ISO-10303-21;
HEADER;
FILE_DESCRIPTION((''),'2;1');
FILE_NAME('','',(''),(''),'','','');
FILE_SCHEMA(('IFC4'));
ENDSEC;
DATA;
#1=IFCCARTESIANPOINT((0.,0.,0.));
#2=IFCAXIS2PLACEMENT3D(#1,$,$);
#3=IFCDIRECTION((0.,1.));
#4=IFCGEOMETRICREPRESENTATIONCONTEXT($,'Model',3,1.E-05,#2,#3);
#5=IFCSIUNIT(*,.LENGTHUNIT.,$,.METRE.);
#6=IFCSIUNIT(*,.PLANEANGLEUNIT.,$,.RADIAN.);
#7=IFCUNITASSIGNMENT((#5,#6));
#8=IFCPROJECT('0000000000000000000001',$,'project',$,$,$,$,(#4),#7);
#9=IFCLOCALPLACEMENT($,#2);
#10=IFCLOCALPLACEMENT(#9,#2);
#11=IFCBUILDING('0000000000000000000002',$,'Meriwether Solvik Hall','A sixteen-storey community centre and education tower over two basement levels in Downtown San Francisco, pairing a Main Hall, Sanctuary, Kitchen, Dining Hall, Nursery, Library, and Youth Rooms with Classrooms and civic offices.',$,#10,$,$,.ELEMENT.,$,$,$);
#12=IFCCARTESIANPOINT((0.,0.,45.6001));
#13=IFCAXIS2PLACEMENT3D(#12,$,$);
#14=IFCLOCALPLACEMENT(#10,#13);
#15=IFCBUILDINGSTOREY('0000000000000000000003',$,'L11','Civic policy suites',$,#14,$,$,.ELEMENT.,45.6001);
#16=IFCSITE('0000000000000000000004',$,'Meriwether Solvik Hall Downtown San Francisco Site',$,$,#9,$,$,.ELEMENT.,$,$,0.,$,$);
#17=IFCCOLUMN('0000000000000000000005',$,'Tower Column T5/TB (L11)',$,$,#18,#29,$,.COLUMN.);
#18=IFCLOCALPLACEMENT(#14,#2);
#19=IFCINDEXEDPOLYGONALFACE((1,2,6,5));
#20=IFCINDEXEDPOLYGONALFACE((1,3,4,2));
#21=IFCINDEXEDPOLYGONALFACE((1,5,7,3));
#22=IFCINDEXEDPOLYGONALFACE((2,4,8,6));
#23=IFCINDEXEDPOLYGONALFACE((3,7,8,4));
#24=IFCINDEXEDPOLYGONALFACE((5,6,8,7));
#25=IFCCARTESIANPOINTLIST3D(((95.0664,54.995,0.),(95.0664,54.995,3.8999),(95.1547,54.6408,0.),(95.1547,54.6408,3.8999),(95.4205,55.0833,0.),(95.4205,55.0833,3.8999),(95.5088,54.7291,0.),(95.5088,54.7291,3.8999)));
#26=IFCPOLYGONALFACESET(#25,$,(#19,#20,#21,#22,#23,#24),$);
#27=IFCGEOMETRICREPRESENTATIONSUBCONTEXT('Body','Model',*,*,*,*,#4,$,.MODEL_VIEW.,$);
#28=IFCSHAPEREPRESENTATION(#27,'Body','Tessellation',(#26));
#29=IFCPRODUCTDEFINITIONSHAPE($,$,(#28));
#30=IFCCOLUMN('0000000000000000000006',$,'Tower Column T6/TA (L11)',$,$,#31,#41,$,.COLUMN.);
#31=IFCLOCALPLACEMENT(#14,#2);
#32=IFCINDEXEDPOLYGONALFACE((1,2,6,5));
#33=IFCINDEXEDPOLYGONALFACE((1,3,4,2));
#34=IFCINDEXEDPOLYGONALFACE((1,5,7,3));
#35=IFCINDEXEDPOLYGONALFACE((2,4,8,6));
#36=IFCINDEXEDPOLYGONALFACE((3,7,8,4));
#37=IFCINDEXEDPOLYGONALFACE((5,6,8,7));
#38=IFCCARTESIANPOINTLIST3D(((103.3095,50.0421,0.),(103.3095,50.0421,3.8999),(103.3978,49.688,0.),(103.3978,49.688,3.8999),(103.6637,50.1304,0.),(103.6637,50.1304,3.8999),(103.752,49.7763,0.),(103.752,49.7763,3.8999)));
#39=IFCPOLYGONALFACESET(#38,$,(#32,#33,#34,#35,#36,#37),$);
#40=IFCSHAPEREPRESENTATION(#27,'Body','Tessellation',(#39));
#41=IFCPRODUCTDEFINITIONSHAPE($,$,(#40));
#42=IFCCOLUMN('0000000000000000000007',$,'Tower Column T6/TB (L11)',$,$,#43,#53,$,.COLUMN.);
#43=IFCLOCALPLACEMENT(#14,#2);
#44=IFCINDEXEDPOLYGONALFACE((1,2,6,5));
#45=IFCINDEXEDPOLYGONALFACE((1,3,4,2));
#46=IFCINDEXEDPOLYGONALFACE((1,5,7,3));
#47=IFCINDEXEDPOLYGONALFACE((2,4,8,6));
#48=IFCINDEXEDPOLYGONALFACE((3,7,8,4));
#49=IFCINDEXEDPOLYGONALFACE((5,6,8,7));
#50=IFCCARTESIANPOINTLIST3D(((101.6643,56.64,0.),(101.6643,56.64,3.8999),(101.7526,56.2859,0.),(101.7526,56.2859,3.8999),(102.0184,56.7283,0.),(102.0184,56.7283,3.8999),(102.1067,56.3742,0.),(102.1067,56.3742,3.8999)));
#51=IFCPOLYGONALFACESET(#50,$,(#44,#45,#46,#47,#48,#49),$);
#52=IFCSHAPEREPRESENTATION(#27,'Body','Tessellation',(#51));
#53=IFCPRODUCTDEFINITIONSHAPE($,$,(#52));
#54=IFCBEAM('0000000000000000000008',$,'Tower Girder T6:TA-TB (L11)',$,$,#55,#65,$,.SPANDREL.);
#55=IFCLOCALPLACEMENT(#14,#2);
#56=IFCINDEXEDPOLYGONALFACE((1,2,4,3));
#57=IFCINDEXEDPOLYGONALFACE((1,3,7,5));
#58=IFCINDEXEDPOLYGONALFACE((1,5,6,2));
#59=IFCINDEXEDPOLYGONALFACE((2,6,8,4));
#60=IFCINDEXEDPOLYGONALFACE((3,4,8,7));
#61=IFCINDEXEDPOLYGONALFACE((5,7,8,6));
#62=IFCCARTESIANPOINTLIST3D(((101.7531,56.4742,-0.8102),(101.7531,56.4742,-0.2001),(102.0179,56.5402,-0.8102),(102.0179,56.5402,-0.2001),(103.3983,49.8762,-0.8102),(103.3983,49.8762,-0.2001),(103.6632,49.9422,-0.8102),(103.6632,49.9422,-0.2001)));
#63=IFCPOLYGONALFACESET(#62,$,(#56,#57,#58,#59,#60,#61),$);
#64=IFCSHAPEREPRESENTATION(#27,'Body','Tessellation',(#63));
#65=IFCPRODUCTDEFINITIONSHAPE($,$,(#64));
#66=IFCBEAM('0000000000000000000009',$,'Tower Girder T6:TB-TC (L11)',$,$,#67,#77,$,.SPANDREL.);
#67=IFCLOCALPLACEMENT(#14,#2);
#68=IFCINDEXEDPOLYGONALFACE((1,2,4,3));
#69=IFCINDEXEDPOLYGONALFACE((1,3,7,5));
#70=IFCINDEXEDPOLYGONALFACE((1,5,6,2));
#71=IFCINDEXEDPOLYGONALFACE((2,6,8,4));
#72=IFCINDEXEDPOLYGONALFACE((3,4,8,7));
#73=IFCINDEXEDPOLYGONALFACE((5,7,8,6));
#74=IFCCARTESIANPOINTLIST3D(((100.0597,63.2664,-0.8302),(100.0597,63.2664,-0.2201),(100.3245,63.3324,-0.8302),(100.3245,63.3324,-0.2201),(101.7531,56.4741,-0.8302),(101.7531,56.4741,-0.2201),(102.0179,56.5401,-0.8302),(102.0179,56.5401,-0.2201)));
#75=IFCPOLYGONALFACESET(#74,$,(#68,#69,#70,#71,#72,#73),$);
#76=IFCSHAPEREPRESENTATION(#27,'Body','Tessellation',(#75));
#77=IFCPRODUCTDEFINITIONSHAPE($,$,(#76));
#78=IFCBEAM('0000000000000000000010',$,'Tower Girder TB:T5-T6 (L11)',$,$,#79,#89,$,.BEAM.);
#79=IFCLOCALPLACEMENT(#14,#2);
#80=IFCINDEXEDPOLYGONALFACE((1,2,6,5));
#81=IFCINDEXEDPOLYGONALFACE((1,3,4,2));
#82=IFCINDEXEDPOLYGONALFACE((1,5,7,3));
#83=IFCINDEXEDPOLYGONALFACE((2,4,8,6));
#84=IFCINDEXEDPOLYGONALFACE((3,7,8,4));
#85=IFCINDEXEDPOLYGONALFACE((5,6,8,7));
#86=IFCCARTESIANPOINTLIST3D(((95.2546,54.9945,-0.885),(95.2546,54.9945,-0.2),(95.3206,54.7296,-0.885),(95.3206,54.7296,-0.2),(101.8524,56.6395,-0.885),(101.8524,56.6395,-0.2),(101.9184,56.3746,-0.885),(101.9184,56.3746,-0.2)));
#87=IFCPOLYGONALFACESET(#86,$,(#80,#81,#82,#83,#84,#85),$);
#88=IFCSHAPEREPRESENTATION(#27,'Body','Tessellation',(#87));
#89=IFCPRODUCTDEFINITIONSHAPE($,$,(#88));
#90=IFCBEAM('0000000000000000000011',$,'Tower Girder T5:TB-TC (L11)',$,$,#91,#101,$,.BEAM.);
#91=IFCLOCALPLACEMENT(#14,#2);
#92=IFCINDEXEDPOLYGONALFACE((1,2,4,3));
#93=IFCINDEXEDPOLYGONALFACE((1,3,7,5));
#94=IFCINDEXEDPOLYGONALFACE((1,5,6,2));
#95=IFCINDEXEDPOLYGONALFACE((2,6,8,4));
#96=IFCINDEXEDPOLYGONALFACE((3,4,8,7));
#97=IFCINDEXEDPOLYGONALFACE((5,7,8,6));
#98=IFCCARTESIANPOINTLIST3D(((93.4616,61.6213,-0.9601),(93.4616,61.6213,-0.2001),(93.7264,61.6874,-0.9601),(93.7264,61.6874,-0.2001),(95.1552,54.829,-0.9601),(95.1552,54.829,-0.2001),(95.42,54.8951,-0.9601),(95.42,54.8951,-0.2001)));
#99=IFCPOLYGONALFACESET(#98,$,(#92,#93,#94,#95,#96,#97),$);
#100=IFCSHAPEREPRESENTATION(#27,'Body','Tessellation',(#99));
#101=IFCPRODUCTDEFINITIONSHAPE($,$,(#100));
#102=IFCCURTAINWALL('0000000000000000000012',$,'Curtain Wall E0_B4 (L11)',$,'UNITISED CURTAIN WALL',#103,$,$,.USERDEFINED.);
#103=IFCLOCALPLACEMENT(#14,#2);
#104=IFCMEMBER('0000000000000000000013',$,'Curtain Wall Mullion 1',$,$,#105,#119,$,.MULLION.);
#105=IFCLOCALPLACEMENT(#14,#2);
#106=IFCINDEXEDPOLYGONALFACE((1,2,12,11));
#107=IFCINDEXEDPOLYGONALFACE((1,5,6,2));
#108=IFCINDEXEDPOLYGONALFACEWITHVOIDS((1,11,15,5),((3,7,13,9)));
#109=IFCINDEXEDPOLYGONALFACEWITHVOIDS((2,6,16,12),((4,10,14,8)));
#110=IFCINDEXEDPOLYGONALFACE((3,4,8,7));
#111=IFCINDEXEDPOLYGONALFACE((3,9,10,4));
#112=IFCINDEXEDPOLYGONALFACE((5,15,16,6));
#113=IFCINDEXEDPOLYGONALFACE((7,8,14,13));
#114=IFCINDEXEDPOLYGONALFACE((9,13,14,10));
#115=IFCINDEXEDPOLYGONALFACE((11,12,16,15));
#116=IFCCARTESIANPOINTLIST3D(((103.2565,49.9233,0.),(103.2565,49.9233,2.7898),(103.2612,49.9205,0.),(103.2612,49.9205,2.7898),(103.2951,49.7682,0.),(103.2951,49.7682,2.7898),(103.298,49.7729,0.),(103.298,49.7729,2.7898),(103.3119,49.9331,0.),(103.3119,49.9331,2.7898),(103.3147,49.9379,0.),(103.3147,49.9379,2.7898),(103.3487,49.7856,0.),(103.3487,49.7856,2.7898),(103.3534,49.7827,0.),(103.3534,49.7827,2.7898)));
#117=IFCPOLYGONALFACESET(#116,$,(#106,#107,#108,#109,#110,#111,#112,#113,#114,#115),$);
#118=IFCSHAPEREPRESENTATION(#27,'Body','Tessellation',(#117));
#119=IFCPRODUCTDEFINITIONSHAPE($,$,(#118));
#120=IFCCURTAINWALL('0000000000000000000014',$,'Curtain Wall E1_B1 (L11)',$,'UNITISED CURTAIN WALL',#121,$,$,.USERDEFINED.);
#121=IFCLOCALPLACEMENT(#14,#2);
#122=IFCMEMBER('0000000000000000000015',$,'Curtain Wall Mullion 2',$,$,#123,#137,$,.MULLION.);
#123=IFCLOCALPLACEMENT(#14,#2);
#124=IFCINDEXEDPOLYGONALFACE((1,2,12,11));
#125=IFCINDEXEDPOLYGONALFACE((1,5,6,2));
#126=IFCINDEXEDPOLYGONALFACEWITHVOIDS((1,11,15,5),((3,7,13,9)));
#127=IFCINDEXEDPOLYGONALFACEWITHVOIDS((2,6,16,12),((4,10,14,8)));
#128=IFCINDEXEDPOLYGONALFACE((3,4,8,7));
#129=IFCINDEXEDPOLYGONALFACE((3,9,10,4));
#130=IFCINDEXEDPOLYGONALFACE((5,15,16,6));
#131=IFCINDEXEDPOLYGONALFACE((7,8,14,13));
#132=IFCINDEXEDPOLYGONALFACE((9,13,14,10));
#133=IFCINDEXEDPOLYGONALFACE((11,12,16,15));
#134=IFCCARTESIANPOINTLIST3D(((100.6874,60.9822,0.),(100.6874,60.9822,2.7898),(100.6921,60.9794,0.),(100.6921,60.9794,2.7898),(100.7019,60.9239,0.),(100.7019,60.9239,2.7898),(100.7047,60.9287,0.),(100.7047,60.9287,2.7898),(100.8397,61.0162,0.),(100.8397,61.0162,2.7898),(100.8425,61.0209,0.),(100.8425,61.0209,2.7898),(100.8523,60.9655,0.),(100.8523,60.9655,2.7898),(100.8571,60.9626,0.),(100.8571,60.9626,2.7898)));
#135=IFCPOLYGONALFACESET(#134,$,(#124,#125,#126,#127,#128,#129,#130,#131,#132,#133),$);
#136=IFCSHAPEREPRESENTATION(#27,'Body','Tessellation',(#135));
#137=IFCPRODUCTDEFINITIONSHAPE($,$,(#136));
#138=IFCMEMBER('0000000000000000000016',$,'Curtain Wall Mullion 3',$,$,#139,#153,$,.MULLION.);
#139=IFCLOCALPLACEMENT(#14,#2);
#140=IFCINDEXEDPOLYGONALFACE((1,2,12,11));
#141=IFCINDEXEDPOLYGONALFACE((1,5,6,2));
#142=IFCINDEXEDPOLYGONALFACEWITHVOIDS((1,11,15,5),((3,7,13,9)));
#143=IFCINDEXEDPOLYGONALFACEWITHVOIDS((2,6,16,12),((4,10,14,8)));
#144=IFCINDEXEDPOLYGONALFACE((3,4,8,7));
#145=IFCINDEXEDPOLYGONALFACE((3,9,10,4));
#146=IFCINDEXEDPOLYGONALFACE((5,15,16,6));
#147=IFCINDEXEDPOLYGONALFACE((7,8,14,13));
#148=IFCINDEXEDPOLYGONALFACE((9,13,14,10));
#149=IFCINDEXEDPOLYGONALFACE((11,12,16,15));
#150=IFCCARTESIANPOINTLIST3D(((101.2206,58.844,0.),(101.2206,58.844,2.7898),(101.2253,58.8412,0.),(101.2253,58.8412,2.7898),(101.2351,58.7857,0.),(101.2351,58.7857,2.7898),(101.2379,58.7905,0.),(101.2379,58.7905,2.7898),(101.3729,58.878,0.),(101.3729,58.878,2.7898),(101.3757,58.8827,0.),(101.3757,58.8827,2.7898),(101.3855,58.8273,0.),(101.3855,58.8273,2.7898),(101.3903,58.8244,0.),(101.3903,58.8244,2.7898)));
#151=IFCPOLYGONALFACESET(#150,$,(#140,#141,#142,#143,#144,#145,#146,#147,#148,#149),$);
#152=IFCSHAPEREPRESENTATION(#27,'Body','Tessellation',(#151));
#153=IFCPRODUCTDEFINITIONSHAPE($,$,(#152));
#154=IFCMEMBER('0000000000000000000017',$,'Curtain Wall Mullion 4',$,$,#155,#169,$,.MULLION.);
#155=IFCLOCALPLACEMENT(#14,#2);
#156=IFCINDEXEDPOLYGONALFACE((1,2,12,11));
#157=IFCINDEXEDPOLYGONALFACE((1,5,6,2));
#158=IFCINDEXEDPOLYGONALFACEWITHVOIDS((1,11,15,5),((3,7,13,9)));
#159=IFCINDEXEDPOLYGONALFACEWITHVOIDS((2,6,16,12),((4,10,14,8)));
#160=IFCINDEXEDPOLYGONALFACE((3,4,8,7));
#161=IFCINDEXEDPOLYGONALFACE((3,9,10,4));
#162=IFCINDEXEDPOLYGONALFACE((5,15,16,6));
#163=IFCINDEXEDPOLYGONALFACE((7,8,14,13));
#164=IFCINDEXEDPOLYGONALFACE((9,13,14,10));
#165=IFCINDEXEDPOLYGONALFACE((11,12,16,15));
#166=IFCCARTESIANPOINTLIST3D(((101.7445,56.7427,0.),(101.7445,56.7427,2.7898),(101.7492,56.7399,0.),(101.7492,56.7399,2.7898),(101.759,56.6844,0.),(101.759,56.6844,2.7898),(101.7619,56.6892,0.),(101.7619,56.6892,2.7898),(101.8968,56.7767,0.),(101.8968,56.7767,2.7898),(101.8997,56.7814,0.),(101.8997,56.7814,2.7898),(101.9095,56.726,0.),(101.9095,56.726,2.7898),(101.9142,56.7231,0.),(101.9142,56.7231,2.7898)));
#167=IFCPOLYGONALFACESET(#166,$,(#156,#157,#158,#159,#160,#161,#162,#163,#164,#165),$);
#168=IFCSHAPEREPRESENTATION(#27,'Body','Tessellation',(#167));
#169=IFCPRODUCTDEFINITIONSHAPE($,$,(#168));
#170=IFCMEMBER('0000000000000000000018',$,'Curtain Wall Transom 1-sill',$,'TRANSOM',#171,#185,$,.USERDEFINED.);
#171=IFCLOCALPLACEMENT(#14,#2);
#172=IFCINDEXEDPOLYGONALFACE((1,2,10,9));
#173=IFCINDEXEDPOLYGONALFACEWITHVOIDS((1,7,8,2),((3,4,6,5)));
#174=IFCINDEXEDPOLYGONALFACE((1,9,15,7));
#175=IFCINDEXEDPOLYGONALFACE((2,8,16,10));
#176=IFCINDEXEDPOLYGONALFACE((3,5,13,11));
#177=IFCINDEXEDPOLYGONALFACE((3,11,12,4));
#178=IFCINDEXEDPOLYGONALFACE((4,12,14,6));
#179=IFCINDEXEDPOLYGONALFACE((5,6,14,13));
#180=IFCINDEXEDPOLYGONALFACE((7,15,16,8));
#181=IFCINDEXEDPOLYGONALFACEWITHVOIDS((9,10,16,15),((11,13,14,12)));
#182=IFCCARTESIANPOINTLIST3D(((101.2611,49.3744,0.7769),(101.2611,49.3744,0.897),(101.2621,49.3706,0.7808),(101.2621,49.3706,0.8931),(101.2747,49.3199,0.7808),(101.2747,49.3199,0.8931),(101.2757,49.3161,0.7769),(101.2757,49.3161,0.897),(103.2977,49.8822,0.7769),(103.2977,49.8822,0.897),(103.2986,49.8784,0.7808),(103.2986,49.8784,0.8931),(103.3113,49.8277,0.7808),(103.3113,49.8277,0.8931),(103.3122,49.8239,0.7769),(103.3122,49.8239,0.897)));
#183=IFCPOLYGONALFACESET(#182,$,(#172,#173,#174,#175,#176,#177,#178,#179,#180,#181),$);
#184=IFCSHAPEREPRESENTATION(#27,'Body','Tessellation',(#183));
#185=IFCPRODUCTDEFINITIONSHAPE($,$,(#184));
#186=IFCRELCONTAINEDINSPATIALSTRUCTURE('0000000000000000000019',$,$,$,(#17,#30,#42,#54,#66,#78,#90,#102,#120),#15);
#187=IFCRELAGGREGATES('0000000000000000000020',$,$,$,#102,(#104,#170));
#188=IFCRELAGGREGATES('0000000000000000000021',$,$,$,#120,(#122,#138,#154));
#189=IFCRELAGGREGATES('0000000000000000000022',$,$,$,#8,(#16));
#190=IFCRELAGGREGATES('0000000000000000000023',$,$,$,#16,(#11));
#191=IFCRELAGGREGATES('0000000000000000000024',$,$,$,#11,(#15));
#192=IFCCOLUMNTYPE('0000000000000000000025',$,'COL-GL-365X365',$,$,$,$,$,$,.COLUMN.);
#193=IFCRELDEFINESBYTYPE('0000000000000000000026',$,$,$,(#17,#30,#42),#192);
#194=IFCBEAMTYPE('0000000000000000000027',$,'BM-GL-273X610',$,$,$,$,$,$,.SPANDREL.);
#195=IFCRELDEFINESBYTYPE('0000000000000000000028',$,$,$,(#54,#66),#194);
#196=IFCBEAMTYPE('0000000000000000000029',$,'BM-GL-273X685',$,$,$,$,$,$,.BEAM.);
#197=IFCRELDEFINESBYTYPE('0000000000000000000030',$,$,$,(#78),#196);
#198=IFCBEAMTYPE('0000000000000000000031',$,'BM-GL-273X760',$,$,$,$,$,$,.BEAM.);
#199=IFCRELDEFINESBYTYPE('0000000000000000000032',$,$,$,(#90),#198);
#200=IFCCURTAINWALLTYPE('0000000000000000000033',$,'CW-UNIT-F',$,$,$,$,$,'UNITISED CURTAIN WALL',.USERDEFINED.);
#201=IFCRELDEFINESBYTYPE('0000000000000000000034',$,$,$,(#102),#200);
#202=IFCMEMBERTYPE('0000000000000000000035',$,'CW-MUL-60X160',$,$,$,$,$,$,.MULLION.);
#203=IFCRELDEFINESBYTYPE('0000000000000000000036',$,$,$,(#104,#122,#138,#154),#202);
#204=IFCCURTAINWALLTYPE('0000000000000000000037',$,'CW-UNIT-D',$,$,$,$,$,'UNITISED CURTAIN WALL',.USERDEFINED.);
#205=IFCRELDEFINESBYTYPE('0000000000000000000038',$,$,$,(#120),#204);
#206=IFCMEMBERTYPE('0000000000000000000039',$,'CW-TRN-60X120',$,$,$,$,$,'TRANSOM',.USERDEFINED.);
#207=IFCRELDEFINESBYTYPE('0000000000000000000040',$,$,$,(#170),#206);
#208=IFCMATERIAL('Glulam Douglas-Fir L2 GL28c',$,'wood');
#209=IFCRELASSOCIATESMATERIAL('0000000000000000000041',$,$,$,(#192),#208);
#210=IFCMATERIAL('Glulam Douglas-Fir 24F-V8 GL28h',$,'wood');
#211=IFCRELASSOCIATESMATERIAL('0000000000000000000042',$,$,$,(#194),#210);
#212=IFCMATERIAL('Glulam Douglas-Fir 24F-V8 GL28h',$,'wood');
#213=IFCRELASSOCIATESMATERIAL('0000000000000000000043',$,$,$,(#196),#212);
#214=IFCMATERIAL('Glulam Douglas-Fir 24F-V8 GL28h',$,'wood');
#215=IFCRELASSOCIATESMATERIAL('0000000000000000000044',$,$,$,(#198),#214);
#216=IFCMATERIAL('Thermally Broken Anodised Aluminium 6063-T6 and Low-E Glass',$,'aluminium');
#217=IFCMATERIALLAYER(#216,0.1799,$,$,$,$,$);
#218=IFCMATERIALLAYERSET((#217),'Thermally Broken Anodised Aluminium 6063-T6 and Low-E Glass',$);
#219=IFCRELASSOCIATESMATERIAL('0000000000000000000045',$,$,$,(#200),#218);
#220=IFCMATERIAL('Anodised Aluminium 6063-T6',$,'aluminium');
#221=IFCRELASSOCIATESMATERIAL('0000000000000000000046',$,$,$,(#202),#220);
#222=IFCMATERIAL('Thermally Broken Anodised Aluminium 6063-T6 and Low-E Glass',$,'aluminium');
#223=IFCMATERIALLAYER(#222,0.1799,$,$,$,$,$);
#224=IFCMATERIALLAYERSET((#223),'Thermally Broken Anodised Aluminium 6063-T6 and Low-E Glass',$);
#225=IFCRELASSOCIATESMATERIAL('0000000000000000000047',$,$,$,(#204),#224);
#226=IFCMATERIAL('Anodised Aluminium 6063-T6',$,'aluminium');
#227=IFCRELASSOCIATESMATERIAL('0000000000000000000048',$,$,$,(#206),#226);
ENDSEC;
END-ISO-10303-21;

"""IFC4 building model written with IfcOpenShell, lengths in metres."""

from ifc_helpers import new_model, si_unit, direction, frame, origin, origin_2d, place, context, subcontext, project, spatial, rectangle, hollow_rectangle, extrude, material, layer, layer_set, material_profile, profile_set, type_object, element, aggregate, save


model = new_model("IFC4")

# Units and contexts
model_context = context("Model", 3, precision=1e-05, world=origin(), true_north=direction((0.0, 1.0)))
body_context = subcontext(model_context, "Body", "Model", "MODEL_VIEW")
ifc_project = project(units=[si_unit("LENGTHUNIT", "METRE"), si_unit("PLANEANGLEUNIT", "RADIAN")], contexts=[model_context])

# Site, building, storey
site_placement = place(None, origin())
site = spatial("IfcSite", under=ifc_project, at=site_placement, Name="Meriwether Solvik Hall Downtown San Francisco Site", CompositionType="ELEMENT", RefElevation=0.0)
building_placement = place(site_placement, origin())
building = spatial("IfcBuilding", under=site, at=building_placement, Name="Meriwether Solvik Hall", Description="A sixteen-storey community centre and education tower over two basement levels in Downtown San Francisco, pairing a Main Hall, Sanctuary, Kitchen, Dining Hall, Nursery, Library, and Youth Rooms with Classrooms and civic offices.", CompositionType="ELEMENT")
storey_placement = place(building_placement, frame((0.0, 0.0, 45.6001)))
storey = spatial("IfcBuildingStorey", under=building, at=storey_placement, Name="L11", Description="Civic policy suites", CompositionType="ELEMENT", Elevation=45.6001)

# Columns
ifc_material_1 = material(Name="Glulam Douglas-Fir L2 GL28c", Category="wood")
ifc_material_profile_1 = material_profile(ifc_material_1, rectangle(XDim=0.365, YDim=0.365, at=origin_2d()), Name="GLC-365X365")
ifc_profile_set_1 = profile_set([ifc_material_profile_1], Name="Glulam Douglas-Fir L2 GL28c")
column_type = type_object("IfcColumnType", Name="COL-GL-365X365", PredefinedType="COLUMN", material=ifc_profile_set_1)
for number, where, z_axis, x_axis, name in (
    (1, (95.2876, 54.8621, 0.0), (0.0, 0.0, 1.0), (0.970296, 0.241922, 0.0), "Tower Column T5/TB (L11)"),
    (2, (103.5308, 49.9092, 0.0), (0.0, 0.0, 1.0), (0.970296, 0.241922, 0.0), "Tower Column T6/TA (L11)"),
    (3, (101.8855, 56.5071, 0.0), (0.0, 0.0, 1.0), (0.970296, 0.241922, 0.0), "Tower Column T6/TB (L11)"),
):
    element("IfcColumn", number, at=place(storey_placement, frame(where, z_axis=z_axis, x_axis=x_axis)), inside=storey, type_object=column_type, Name=name, PredefinedType="COLUMN", context=body_context, shape_type="SweptSolid", body=[
        extrude(rectangle(XDim=0.365, YDim=0.365, at=origin_2d()), origin(), (0.0, 0.0, 1.0), 3.8999),
    ])

# Beams
ifc_material_2 = material(Name="Glulam Douglas-Fir 24F-V8 GL28h", Category="wood")
ifc_material_profile_2 = material_profile(ifc_material_2, rectangle(XDim=0.2729, YDim=0.6101, at=origin_2d()), Name="GLB-273X610")
ifc_profile_set_2 = profile_set([ifc_material_profile_2], Name="Glulam Douglas-Fir 24F-V8 GL28h")
beam_type_1 = type_object("IfcBeamType", Name="BM-GL-273X610", PredefinedType="SPANDREL", material=ifc_profile_set_2)
beam_1_placement = place(storey_placement, frame((103.5308, 49.9092, -0.5051), z_axis=(-0.241953, 0.970288, 0.0), x_axis=(-0.970288, -0.241953, 0.0)))
element("IfcBeam", 4, at=beam_1_placement, inside=storey, type_object=beam_type_1, Name="Tower Girder T6:TA-TB (L11)", PredefinedType="SPANDREL", context=body_context, shape_type="SweptSolid", body=[
    extrude(rectangle(XDim=0.2729, YDim=0.6101, at=origin_2d()), origin(), (0.0, 0.0, 1.0), 6.8),
])
beam_2_placement = place(storey_placement, frame((101.8855, 56.5071, -0.5251), z_axis=(-0.241904, 0.9703, 0.0), x_axis=(-0.9703, -0.241904, 0.0)))
element("IfcBeam", 5, at=beam_2_placement, inside=storey, type_object=beam_type_1, Name="Tower Girder T6:TB-TC (L11)", PredefinedType="SPANDREL", context=body_context, shape_type="SweptSolid", body=[
    extrude(rectangle(XDim=0.2729, YDim=0.6101, at=origin_2d()), origin(), (0.0, 0.0, 1.0), 7.0002),
])
ifc_material_3 = material(Name="Glulam Douglas-Fir 24F-V8 GL28h", Category="wood")
ifc_material_profile_3 = material_profile(ifc_material_3, rectangle(XDim=0.2729, YDim=0.6851, at=origin_2d()), Name="GLB-273X685")
ifc_profile_set_3 = profile_set([ifc_material_profile_3], Name="Glulam Douglas-Fir 24F-V8 GL28h")
beam_type_2 = type_object("IfcBeamType", Name="BM-GL-273X685", PredefinedType="BEAM", material=ifc_profile_set_3)
beam_3_placement = place(storey_placement, frame((95.2876, 54.8621, -0.5425), z_axis=(0.970296, 0.241919, 0.0), x_axis=(-0.241919, 0.970296, 0.0)))
element("IfcBeam", 6, at=beam_3_placement, inside=storey, type_object=beam_type_2, Name="Tower Girder TB:T5-T6 (L11)", PredefinedType="BEAM", context=body_context, shape_type="SweptSolid", body=[
    extrude(rectangle(XDim=0.2729, YDim=0.6851, at=origin_2d()), origin(), (0.0, 0.0, 1.0), 6.7998),
])
ifc_material_4 = material(Name="Glulam Douglas-Fir 24F-V8 GL28h", Category="wood")
ifc_material_profile_4 = material_profile(ifc_material_4, rectangle(XDim=0.2729, YDim=0.76, at=origin_2d()), Name="GLB-273X760")
ifc_profile_set_4 = profile_set([ifc_material_profile_4], Name="Glulam Douglas-Fir 24F-V8 GL28h")
beam_type_3 = type_object("IfcBeamType", Name="BM-GL-273X760", PredefinedType="BEAM", material=ifc_profile_set_4)
beam_4_placement = place(storey_placement, frame((95.2876, 54.8621, -0.5801), z_axis=(-0.241937, 0.970292, 0.0), x_axis=(-0.970292, -0.241937, 0.0)))
element("IfcBeam", 7, at=beam_4_placement, inside=storey, type_object=beam_type_3, Name="Tower Girder T5:TB-TC (L11)", PredefinedType="BEAM", context=body_context, shape_type="SweptSolid", body=[
    extrude(rectangle(XDim=0.2729, YDim=0.76, at=origin_2d()), origin(), (0.0, 0.0, 1.0), 7.0002),
])

# Curtain wall, member
ifc_material_5 = material(Name="Thermally Broken Anodised Aluminium 6063-T6 and Low-E Glass", Category="aluminium")
ifc_layer_1 = layer(ifc_material_5, 0.1799)
ifc_layer_set_1 = layer_set([ifc_layer_1], Name="Thermally Broken Anodised Aluminium 6063-T6 and Low-E Glass")
curtain_wall_type_1 = type_object("IfcCurtainWallType", Name="CW-UNIT-F", ElementType="UNITISED CURTAIN WALL", PredefinedType="USERDEFINED", material=ifc_layer_set_1)
curtain_wall_1_placement = place(storey_placement, origin())
curtain_wall_1 = element("IfcCurtainWall", 8, at=curtain_wall_1_placement, inside=storey, type_object=curtain_wall_type_1, Name="Curtain Wall E0_B4 (L11)", ObjectType="UNITISED CURTAIN WALL", PredefinedType="USERDEFINED")
ifc_material_6 = material(Name="Anodised Aluminium 6063-T6", Category="aluminium")
ifc_material_profile_5 = material_profile(ifc_material_6, hollow_rectangle(XDim=0.0601, YDim=0.1599, WallThickness=0.0039, at=origin_2d()), Name="CWM-60X160")
ifc_profile_set_5 = profile_set([ifc_material_profile_5], Name="Anodised Aluminium 6063-T6")
member_type_1 = type_object("IfcMemberType", Name="CW-MUL-60X160", PredefinedType="MULLION", material=ifc_profile_set_5)
member_1_placement = place(storey_placement, frame((103.3049, 49.853, 0.0), z_axis=(0.0, 0.0, 1.0), x_axis=(-0.970296, -0.241922, 0.0)))
member_1 = element("IfcMember", 9, at=member_1_placement, type_object=member_type_1, Name="Curtain Wall Mullion 1", PredefinedType="MULLION", context=body_context, shape_type="SweptSolid", body=[
    extrude(hollow_rectangle(XDim=0.0601, YDim=0.1599, WallThickness=0.0039, at=origin_2d()), origin(), (0.0, 0.0, 1.0), 2.7898),
])

# Curtain wall, members
ifc_material_7 = material(Name="Thermally Broken Anodised Aluminium 6063-T6 and Low-E Glass", Category="aluminium")
ifc_layer_2 = layer(ifc_material_7, 0.1799)
ifc_layer_set_2 = layer_set([ifc_layer_2], Name="Thermally Broken Anodised Aluminium 6063-T6 and Low-E Glass")
curtain_wall_type_2 = type_object("IfcCurtainWallType", Name="CW-UNIT-D", ElementType="UNITISED CURTAIN WALL", PredefinedType="USERDEFINED", material=ifc_layer_set_2)
curtain_wall_2_placement = place(storey_placement, origin())
curtain_wall_2 = element("IfcCurtainWall", 10, at=curtain_wall_2_placement, inside=storey, type_object=curtain_wall_type_2, Name="Curtain Wall E1_B1 (L11)", ObjectType="UNITISED CURTAIN WALL", PredefinedType="USERDEFINED")
member_2_placement = place(storey_placement, frame((100.7722, 60.9724, 0.0), z_axis=(0.0, 0.0, 1.0), x_axis=(0.241922, -0.970296, 0.0)))
member_2 = element("IfcMember", 11, at=member_2_placement, type_object=member_type_1, Name="Curtain Wall Mullion 2", PredefinedType="MULLION", context=body_context, shape_type="SweptSolid", body=[
    extrude(hollow_rectangle(XDim=0.0601, YDim=0.1599, WallThickness=0.0039, at=origin_2d()), origin(), (0.0, 0.0, 1.0), 2.7898),
])
member_3_placement = place(storey_placement, frame((101.3054, 58.8342, 0.0), z_axis=(0.0, 0.0, 1.0), x_axis=(0.241922, -0.970296, 0.0)))
member_3 = element("IfcMember", 12, at=member_3_placement, type_object=member_type_1, Name="Curtain Wall Mullion 3", PredefinedType="MULLION", context=body_context, shape_type="SweptSolid", body=[
    extrude(hollow_rectangle(XDim=0.0601, YDim=0.1599, WallThickness=0.0039, at=origin_2d()), origin(), (0.0, 0.0, 1.0), 2.7898),
])
member_4_placement = place(storey_placement, frame((101.8293, 56.7329, 0.0), z_axis=(0.0, 0.0, 1.0), x_axis=(0.241922, -0.970296, 0.0)))
member_4 = element("IfcMember", 13, at=member_4_placement, type_object=member_type_1, Name="Curtain Wall Mullion 4", PredefinedType="MULLION", context=body_context, shape_type="SweptSolid", body=[
    extrude(hollow_rectangle(XDim=0.0601, YDim=0.1599, WallThickness=0.0039, at=origin_2d()), origin(), (0.0, 0.0, 1.0), 2.7898),
])

# Member
ifc_material_8 = material(Name="Anodised Aluminium 6063-T6", Category="aluminium")
ifc_material_profile_6 = material_profile(ifc_material_8, hollow_rectangle(XDim=0.0601, YDim=0.1201, WallThickness=0.0039, at=origin_2d()), Name="CWT-60X120")
ifc_profile_set_6 = profile_set([ifc_material_profile_6], Name="Anodised Aluminium 6063-T6")
member_type_2 = type_object("IfcMemberType", Name="CW-TRN-60X120", ElementType="TRANSOM", PredefinedType="USERDEFINED", material=ifc_profile_set_6)
member_5_placement = place(storey_placement, frame((103.3049, 49.853, 0.8369), z_axis=(-0.970293, -0.241933, 0.0), x_axis=(0.241933, -0.970293, 0.0)))
member_5 = element("IfcMember", 14, at=member_5_placement, type_object=member_type_2, Name="Curtain Wall Transom 1-sill", ObjectType="TRANSOM", PredefinedType="USERDEFINED", context=body_context, shape_type="SweptSolid", body=[
    extrude(hollow_rectangle(XDim=0.0601, YDim=0.1201, WallThickness=0.0039, at=origin_2d()), origin(), (0.0, 0.0, 1.0), 2.0989),
])

aggregate(curtain_wall_1, [member_1, member_5])
aggregate(curtain_wall_2, [member_2, member_3, member_4])

save(model, "model.ifc")
